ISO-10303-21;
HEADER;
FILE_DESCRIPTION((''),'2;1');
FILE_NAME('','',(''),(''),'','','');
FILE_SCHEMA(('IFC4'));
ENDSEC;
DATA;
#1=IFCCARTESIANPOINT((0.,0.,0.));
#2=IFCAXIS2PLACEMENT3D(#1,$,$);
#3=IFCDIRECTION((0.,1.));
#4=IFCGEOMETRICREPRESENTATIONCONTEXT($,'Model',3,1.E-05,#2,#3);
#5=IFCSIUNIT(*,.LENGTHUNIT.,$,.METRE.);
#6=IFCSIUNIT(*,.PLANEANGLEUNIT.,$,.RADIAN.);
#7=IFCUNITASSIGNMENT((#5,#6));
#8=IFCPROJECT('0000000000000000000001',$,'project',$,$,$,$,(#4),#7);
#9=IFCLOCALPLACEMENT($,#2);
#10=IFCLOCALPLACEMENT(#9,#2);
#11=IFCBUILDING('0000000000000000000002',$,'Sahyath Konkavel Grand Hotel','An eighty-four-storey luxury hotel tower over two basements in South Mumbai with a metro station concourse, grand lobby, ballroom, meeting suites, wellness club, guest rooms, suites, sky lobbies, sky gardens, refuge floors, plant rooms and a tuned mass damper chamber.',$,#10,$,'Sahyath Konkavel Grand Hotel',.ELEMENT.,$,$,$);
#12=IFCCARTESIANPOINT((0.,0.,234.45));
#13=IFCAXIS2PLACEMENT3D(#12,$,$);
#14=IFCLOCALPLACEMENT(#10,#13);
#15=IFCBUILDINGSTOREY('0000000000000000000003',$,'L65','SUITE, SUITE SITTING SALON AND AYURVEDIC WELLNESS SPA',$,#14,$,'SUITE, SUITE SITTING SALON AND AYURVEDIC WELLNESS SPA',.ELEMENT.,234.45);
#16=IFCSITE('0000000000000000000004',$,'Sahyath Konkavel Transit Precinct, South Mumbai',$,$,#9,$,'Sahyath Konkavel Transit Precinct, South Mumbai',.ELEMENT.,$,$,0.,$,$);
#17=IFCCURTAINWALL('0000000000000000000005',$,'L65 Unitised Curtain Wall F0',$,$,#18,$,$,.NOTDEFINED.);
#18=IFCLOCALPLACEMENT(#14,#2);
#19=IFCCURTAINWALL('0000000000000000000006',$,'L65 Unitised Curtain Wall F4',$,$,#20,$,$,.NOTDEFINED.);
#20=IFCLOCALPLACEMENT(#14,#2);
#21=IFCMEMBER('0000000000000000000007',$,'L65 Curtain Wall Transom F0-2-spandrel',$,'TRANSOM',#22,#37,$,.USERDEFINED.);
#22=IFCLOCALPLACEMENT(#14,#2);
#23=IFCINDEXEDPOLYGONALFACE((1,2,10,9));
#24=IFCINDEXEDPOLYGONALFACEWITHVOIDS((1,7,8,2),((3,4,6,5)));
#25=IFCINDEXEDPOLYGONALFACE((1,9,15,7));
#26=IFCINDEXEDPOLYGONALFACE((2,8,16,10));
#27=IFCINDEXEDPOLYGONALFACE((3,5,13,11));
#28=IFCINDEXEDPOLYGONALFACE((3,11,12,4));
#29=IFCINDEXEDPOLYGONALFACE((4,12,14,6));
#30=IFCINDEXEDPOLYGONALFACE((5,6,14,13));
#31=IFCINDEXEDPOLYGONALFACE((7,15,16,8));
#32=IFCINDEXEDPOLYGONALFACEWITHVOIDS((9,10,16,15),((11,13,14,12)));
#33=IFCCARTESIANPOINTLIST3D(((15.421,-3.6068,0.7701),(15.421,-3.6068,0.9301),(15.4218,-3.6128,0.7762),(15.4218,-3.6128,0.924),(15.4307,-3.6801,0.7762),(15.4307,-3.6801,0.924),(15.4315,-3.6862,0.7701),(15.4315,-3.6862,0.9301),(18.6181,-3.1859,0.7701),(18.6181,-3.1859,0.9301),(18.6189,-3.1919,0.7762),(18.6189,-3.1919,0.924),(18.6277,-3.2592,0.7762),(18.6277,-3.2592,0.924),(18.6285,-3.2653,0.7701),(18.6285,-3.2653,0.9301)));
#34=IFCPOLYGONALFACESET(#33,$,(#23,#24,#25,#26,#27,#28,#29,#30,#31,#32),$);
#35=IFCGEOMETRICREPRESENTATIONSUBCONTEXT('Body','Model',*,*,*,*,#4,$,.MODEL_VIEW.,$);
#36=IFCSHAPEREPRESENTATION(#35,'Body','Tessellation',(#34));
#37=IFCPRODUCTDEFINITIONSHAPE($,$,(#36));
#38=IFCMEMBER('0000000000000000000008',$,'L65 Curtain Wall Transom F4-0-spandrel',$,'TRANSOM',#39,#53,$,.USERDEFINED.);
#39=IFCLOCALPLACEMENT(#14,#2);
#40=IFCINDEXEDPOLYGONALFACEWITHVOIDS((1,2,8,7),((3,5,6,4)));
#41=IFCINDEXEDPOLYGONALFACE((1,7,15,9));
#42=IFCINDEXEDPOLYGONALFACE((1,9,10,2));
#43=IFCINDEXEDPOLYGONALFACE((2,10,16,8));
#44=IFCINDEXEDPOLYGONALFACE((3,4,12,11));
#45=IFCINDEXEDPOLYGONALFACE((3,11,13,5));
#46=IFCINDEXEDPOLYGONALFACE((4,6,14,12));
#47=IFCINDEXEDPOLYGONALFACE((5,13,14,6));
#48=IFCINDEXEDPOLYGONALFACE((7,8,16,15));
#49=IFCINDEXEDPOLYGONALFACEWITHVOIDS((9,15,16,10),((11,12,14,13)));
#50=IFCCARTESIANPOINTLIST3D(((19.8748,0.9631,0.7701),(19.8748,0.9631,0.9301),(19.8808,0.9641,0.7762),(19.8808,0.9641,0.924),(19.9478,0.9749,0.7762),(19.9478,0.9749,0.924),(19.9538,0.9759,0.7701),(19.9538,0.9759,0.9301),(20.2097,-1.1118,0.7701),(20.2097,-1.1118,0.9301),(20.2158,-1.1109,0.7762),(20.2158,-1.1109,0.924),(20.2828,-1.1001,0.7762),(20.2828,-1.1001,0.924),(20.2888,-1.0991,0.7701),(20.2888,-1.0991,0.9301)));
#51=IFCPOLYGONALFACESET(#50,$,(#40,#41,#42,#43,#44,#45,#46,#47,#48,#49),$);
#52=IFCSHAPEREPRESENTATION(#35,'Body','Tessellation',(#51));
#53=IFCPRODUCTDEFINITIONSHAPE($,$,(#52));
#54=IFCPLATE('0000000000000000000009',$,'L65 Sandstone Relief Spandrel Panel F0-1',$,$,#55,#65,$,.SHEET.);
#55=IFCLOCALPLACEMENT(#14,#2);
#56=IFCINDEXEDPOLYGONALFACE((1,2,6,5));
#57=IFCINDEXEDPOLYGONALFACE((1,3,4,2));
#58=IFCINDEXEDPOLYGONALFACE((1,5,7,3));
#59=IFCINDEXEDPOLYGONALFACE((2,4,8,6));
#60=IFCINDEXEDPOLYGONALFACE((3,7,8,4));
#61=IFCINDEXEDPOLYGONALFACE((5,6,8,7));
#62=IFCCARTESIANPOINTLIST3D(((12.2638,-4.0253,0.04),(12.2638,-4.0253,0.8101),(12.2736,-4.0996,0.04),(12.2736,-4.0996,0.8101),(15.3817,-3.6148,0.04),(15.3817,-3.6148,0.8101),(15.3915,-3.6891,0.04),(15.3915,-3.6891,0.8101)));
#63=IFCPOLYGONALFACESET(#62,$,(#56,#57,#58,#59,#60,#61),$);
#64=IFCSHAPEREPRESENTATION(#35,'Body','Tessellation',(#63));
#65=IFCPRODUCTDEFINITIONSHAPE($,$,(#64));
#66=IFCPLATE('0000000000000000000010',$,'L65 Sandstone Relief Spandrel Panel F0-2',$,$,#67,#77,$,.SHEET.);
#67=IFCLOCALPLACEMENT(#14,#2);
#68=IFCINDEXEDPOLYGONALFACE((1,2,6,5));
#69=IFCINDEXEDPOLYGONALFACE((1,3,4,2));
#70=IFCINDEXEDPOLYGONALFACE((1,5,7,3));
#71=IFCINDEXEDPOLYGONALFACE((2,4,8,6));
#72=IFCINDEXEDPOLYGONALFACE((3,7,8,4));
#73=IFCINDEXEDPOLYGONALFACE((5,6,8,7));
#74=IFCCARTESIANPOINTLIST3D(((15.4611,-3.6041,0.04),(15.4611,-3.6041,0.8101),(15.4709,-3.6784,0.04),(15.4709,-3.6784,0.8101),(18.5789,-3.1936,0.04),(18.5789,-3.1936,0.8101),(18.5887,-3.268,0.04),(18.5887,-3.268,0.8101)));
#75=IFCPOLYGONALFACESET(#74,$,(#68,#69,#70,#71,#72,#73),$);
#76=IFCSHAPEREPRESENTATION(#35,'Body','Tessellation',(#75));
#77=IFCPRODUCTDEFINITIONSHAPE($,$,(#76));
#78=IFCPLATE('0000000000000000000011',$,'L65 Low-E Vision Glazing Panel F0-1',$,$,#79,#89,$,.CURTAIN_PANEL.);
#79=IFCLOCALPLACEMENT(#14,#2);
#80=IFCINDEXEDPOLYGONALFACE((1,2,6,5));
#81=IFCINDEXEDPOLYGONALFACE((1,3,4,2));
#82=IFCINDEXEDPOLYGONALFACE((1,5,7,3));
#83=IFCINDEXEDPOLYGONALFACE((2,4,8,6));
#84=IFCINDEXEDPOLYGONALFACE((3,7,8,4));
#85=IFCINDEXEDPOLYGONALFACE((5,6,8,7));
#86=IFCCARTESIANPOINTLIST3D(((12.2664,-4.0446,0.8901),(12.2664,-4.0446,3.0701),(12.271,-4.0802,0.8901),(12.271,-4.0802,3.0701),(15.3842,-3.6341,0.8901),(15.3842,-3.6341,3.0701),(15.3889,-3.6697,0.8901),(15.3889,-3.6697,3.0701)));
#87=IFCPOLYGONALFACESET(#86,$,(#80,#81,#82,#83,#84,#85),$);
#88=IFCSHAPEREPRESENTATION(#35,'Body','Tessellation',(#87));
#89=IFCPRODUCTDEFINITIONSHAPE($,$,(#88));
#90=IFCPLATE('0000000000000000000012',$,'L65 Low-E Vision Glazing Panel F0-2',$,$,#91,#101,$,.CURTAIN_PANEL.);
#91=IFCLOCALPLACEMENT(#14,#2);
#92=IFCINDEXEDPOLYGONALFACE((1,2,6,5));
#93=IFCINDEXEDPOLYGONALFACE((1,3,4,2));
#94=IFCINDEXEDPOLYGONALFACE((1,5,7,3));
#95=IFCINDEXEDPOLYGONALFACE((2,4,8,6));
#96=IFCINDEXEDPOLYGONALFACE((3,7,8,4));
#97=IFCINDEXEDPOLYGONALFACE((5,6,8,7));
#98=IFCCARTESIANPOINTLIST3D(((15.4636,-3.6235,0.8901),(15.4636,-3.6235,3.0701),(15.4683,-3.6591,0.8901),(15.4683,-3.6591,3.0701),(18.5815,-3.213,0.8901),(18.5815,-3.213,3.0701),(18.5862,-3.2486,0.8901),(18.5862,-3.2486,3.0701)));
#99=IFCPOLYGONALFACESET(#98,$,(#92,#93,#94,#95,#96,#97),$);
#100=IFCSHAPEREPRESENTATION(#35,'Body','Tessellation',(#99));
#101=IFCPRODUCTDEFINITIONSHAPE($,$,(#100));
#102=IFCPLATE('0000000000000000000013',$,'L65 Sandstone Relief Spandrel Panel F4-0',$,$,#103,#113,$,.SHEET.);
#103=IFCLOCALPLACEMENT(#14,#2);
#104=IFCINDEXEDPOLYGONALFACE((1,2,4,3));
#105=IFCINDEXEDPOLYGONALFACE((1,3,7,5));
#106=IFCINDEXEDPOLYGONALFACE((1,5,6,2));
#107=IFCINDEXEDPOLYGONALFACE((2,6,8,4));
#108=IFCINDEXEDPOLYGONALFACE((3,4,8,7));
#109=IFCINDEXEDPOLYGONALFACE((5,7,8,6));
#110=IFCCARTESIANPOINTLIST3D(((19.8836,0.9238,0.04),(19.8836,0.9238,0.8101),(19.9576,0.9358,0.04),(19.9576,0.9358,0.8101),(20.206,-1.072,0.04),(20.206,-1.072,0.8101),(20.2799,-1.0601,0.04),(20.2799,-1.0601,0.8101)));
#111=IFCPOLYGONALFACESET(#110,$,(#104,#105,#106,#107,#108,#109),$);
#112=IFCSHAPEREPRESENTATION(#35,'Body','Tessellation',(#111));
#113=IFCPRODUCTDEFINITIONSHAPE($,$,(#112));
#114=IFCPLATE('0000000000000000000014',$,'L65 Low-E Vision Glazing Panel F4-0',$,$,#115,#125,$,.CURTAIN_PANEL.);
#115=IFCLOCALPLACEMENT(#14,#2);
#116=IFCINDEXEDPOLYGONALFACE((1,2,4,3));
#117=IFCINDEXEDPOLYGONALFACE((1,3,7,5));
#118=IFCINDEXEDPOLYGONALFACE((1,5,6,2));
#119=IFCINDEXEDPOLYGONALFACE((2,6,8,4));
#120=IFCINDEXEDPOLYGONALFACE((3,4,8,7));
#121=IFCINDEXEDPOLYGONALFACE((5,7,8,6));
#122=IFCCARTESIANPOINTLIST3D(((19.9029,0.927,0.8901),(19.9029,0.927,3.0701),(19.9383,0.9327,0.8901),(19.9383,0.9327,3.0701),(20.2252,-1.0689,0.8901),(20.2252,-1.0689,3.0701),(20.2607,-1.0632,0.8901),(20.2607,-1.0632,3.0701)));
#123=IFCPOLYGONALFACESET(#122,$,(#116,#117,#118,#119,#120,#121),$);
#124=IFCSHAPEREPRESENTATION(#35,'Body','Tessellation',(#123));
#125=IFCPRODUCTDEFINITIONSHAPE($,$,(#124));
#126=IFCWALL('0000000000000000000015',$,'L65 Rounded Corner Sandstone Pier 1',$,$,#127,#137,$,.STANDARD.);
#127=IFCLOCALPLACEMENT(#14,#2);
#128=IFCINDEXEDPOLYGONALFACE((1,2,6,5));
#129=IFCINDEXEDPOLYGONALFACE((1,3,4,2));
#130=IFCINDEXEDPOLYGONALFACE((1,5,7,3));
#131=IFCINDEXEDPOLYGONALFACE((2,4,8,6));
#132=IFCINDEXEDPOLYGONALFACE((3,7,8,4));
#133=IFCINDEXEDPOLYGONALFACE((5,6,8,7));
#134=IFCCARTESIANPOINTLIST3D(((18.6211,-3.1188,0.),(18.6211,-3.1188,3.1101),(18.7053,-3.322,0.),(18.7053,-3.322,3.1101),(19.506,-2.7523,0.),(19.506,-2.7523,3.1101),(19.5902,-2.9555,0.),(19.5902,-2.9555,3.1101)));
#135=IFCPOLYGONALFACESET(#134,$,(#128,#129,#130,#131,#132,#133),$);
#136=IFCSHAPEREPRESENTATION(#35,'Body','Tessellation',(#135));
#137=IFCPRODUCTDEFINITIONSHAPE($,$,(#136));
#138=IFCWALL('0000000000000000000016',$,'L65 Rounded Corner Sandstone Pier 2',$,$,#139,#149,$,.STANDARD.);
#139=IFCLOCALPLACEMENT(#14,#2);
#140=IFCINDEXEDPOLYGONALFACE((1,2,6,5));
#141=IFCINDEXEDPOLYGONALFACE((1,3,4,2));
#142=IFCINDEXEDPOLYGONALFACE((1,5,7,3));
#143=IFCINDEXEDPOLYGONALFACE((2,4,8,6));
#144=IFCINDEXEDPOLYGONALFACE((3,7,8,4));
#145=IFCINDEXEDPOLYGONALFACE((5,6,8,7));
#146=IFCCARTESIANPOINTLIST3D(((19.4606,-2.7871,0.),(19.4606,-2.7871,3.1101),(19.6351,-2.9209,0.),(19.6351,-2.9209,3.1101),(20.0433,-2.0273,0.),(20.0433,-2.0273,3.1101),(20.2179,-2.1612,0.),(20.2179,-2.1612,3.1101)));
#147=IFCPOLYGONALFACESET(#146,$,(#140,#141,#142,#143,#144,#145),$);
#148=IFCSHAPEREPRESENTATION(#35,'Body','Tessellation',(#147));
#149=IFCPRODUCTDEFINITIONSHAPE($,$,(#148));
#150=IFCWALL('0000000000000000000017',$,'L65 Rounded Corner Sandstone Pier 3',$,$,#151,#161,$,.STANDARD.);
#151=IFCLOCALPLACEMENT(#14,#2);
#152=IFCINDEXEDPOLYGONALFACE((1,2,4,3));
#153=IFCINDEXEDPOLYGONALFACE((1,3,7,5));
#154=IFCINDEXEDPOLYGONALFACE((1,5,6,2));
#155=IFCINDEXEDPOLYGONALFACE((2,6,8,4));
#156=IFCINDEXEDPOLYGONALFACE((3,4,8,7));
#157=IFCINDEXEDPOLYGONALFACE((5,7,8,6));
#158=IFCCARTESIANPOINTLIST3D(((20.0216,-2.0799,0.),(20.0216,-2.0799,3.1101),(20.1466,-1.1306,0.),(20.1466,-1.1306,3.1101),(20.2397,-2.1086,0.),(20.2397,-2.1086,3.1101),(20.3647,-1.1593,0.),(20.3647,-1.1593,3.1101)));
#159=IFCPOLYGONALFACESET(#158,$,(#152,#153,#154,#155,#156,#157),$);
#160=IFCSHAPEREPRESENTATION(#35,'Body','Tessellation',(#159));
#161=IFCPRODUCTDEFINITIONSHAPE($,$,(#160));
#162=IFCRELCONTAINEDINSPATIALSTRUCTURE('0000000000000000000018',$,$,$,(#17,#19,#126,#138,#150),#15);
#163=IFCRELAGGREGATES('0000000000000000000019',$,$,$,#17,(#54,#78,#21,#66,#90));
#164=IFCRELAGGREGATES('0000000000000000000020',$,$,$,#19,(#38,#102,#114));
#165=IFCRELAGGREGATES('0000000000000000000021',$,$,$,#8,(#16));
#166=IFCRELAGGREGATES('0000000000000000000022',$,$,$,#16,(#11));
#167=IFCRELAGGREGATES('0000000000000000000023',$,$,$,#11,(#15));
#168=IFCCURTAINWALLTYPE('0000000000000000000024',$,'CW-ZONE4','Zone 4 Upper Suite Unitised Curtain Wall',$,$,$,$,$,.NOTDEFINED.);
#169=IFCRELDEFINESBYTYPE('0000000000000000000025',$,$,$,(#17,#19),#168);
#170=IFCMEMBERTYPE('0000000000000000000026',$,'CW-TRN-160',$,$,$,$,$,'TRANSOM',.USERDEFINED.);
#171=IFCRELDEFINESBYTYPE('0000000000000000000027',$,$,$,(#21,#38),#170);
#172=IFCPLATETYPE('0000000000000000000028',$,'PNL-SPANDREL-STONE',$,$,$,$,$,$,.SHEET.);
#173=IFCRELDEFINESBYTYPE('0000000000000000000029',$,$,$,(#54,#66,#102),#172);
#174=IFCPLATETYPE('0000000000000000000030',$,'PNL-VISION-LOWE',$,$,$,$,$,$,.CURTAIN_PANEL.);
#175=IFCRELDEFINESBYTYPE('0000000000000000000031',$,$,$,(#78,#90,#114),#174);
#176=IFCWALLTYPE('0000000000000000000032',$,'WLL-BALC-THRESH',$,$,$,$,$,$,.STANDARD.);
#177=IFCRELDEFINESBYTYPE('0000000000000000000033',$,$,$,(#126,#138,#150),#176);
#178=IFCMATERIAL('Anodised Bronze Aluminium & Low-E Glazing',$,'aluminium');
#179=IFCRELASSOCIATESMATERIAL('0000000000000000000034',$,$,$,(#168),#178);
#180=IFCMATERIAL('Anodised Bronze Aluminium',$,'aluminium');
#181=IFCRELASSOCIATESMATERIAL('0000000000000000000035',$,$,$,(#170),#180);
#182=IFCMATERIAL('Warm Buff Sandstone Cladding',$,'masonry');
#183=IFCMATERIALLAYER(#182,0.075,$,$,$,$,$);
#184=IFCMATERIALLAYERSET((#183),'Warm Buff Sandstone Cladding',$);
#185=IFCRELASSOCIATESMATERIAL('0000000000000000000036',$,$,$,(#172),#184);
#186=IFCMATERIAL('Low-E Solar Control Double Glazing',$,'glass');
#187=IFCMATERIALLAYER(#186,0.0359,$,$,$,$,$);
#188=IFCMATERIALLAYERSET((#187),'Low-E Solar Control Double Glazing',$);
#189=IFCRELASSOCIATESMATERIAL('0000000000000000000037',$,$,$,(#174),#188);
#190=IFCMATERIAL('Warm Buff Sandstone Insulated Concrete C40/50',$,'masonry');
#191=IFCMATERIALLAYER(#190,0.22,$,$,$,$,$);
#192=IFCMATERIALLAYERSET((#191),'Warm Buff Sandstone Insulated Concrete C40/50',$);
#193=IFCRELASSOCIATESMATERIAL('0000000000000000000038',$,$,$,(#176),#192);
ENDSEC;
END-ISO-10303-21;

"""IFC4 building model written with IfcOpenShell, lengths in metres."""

from ifc_helpers import new_model, si_unit, direction, frame, frame_2d, origin, origin_2d, place, context, subcontext, project, spatial, rectangle, hollow_rectangle, extrude, source, transform, mapped, material, layer, layer_set, material_profile, profile_set, type_object, element, aggregate, save


model = new_model("IFC4")

# Units and contexts
model_context = context("Model", 3, precision=1e-05, world=origin(), true_north=direction((0.0, 1.0)))
body_context = subcontext(model_context, "Body", "Model", "MODEL_VIEW")
ifc_project = project(units=[si_unit("LENGTHUNIT", "METRE"), si_unit("PLANEANGLEUNIT", "RADIAN")], contexts=[model_context])

# Site, building, storey
site_placement = place(None, origin())
site = spatial("IfcSite", under=ifc_project, at=site_placement, Name="Sahyath Konkavel Transit Precinct, South Mumbai", LongName="Sahyath Konkavel Transit Precinct, South Mumbai", CompositionType="ELEMENT", RefElevation=0.0)
building_placement = place(site_placement, origin())
building = spatial("IfcBuilding", under=site, at=building_placement, Name="Sahyath Konkavel Grand Hotel", Description="An eighty-four-storey luxury hotel tower over two basements in South Mumbai with a metro station concourse, grand lobby, ballroom, meeting suites, wellness club, guest rooms, suites, sky lobbies, sky gardens, refuge floors, plant rooms and a tuned mass damper chamber.", LongName="Sahyath Konkavel Grand Hotel", CompositionType="ELEMENT")
storey_placement = place(building_placement, frame((0.0, 0.0, 234.45)))
storey = spatial("IfcBuildingStorey", under=building, at=storey_placement, Name="L65", Description="SUITE, SUITE SITTING SALON AND AYURVEDIC WELLNESS SPA", LongName="SUITE, SUITE SITTING SALON AND AYURVEDIC WELLNESS SPA", CompositionType="ELEMENT", Elevation=234.45)

# Curtain wall
ifc_material_1 = material(Name="Anodised Bronze Aluminium & Low-E Glazing", Category="aluminium")
curtain_wall_type = type_object("IfcCurtainWallType", Name="CW-ZONE4", Description="Zone 4 Upper Suite Unitised Curtain Wall", PredefinedType="NOTDEFINED", material=ifc_material_1)
curtain_wall_1_placement = place(storey_placement, origin())
curtain_wall_1 = element("IfcCurtainWall", 1, at=curtain_wall_1_placement, inside=storey, type_object=curtain_wall_type, Name="L65 Unitised Curtain Wall F0", PredefinedType="NOTDEFINED")
ifc_material_2 = material(Name="Anodised Bronze Aluminium", Category="aluminium")

# Curtain wall
curtain_wall_2_placement = place(storey_placement, origin())
curtain_wall_2 = element("IfcCurtainWall", 2, at=curtain_wall_2_placement, inside=storey, type_object=curtain_wall_type, Name="L65 Unitised Curtain Wall F4", PredefinedType="NOTDEFINED")

# Members
ifc_material_profile_1 = material_profile(ifc_material_2, hollow_rectangle(XDim=0.0801, YDim=0.1599, WallThickness=0.0061, at=origin_2d()), Name="RHS 160x80x6")
ifc_profile_set_1 = profile_set([ifc_material_profile_1], Name="Anodised Bronze Aluminium")
member_type_1 = type_object("IfcMemberType", Name="CW-TRN-160", ElementType="TRANSOM", PredefinedType="USERDEFINED", material=ifc_profile_set_1)
shared_shape_1 = source(origin(), body_context, "Body", "SweptSolid", [
    extrude(hollow_rectangle(XDim=0.0801, YDim=0.1599, WallThickness=0.0061, at=origin_2d()), origin(), (0.0, 0.0, 1.0), 3.2246),
])
member_1_placement = place(storey_placement, frame((15.4263, -3.6465, 0.8501), z_axis=(0.991445, 0.130527, 0.0), x_axis=(-0.130527, 0.991445, 0.0)))
member_1 = element("IfcMember", 3, at=member_1_placement, type_object=member_type_1, Name="L65 Curtain Wall Transom F0-2-spandrel", ObjectType="TRANSOM", PredefinedType="USERDEFINED", context=body_context, shape_type="MappedRepresentation", body=[
    mapped(shared_shape_1, transform((0.0, 0.0, 0.0), scale=1.0)),
])
shared_shape_2 = source(origin(), body_context, "Body", "SweptSolid", [
    extrude(hollow_rectangle(XDim=0.0801, YDim=0.1599, WallThickness=0.0061, at=origin_2d()), origin(), (0.0, 0.0, 1.0), 2.1018),
])
member_2_placement = place(storey_placement, frame((20.2493, -1.1055, 0.8501), z_axis=(-0.159368, 0.987219, 0.0), x_axis=(-0.987219, -0.159368, 0.0)))
member_2 = element("IfcMember", 4, at=member_2_placement, type_object=member_type_1, Name="L65 Curtain Wall Transom F4-0-spandrel", ObjectType="TRANSOM", PredefinedType="USERDEFINED", context=body_context, shape_type="MappedRepresentation", body=[
    mapped(shared_shape_2, transform((0.0, 0.0, 0.0), scale=1.0)),
])

# Plates
ifc_material_3 = material(Name="Warm Buff Sandstone Cladding", Category="masonry")
ifc_layer_1 = layer(ifc_material_3, 0.075)
ifc_layer_set_1 = layer_set([ifc_layer_1], Name="Warm Buff Sandstone Cladding")
plate_type_1 = type_object("IfcPlateType", Name="PNL-SPANDREL-STONE", PredefinedType="SHEET", material=ifc_layer_set_1)
shared_shape_3 = source(origin(), body_context, "Body", "SweptSolid", [
    extrude(rectangle(XDim=3.1448, YDim=0.075, at=origin_2d()), origin(), (0.0, 0.0, 1.0), 0.77),
])
plate_1_placement = place(storey_placement, frame((13.8276, -3.8572, 0.04), z_axis=(0.0, 0.0, 1.0), x_axis=(0.991445, 0.130526, 0.0)))
plate_1 = element("IfcPlate", 5, at=plate_1_placement, type_object=plate_type_1, Name="L65 Sandstone Relief Spandrel Panel F0-1", PredefinedType="SHEET", context=body_context, shape_type="MappedRepresentation", body=[
    mapped(shared_shape_3, transform((0.0, 0.0, 0.0), scale=1.0)),
])
plate_2_placement = place(storey_placement, frame((17.0249, -3.436, 0.04), z_axis=(0.0, 0.0, 1.0), x_axis=(0.991445, 0.130526, 0.0)))
plate_2 = element("IfcPlate", 6, at=plate_2_placement, type_object=plate_type_1, Name="L65 Sandstone Relief Spandrel Panel F0-2", PredefinedType="SHEET", context=body_context, shape_type="MappedRepresentation", body=[
    mapped(shared_shape_3, transform((0.0, 0.0, 0.0), scale=1.0)),
])
ifc_material_4 = material(Name="Low-E Solar Control Double Glazing", Category="glass")
ifc_layer_2 = layer(ifc_material_4, 0.0359)
ifc_layer_set_2 = layer_set([ifc_layer_2], Name="Low-E Solar Control Double Glazing")
plate_type_2 = type_object("IfcPlateType", Name="PNL-VISION-LOWE", PredefinedType="CURTAIN_PANEL", material=ifc_layer_set_2)
shared_shape_4 = source(origin(), body_context, "Body", "SweptSolid", [
    extrude(rectangle(XDim=3.1448, YDim=0.0359, at=origin_2d()), origin(), (0.0, 0.0, 1.0), 2.1799),
])
plate_3_placement = place(storey_placement, frame((13.8276, -3.8572, 0.8901), z_axis=(0.0, 0.0, 1.0), x_axis=(0.991445, 0.130526, 0.0)))
plate_3 = element("IfcPlate", 7, at=plate_3_placement, type_object=plate_type_2, Name="L65 Low-E Vision Glazing Panel F0-1", PredefinedType="CURTAIN_PANEL", context=body_context, shape_type="MappedRepresentation", body=[
    mapped(shared_shape_4, transform((0.0, 0.0, 0.0), scale=1.0)),
])
plate_4_placement = place(storey_placement, frame((17.0249, -3.436, 0.8901), z_axis=(0.0, 0.0, 1.0), x_axis=(0.991445, 0.130526, 0.0)))
plate_4 = element("IfcPlate", 8, at=plate_4_placement, type_object=plate_type_2, Name="L65 Low-E Vision Glazing Panel F0-2", PredefinedType="CURTAIN_PANEL", context=body_context, shape_type="MappedRepresentation", body=[
    mapped(shared_shape_4, transform((0.0, 0.0, 0.0), scale=1.0)),
])
aggregate(curtain_wall_1, [plate_1, plate_3, member_1, plate_2, plate_4])
shared_shape_5 = source(origin(), body_context, "Body", "SweptSolid", [
    extrude(rectangle(XDim=2.0217, YDim=0.075, at=origin_2d()), origin(), (0.0, 0.0, 1.0), 0.77),
])
plate_5_placement = place(storey_placement, frame((20.0818, -0.0681, 0.04), z_axis=(0.0, 0.0, 1.0), x_axis=(-0.159433, 0.987209, 0.0)))
plate_5 = element("IfcPlate", 9, at=plate_5_placement, type_object=plate_type_1, Name="L65 Sandstone Relief Spandrel Panel F4-0", PredefinedType="SHEET", context=body_context, shape_type="MappedRepresentation", body=[
    mapped(shared_shape_5, transform((0.0, 0.0, 0.0), scale=1.0)),
])
shared_shape_6 = source(origin(), body_context, "Body", "SweptSolid", [
    extrude(rectangle(XDim=2.0217, YDim=0.0359, at=origin_2d()), origin(), (0.0, 0.0, 1.0), 2.1799),
])
plate_6_placement = place(storey_placement, frame((20.0818, -0.0681, 0.8901), z_axis=(0.0, 0.0, 1.0), x_axis=(-0.159433, 0.987209, 0.0)))
plate_6 = element("IfcPlate", 10, at=plate_6_placement, type_object=plate_type_2, Name="L65 Low-E Vision Glazing Panel F4-0", PredefinedType="CURTAIN_PANEL", context=body_context, shape_type="MappedRepresentation", body=[
    mapped(shared_shape_6, transform((0.0, 0.0, 0.0), scale=1.0)),
])
aggregate(curtain_wall_2, [member_2, plate_5, plate_6])

# Walls
ifc_material_5 = material(Name="Warm Buff Sandstone Insulated Concrete C40/50", Category="masonry")
ifc_layer_3 = layer(ifc_material_5, 0.22)
ifc_layer_set_3 = layer_set([ifc_layer_3], Name="Warm Buff Sandstone Insulated Concrete C40/50")
wall_type_1 = type_object("IfcWallType", Name="WLL-BALC-THRESH", PredefinedType="STANDARD", material=ifc_layer_set_3)
wall_1_placement = place(storey_placement, frame((18.6631, -3.2205, 0.0), z_axis=(0.0, 0.0, 1.0), x_axis=(0.923889, 0.38266, 0.0)))
element("IfcWall", 11, at=wall_1_placement, inside=storey, type_object=wall_type_1, Name="L65 Rounded Corner Sandstone Pier 1", PredefinedType="STANDARD", context=body_context, shape_type="SweptSolid", body=[
    extrude(rectangle(XDim=0.9578, YDim=0.22, at=frame_2d((0.479, 0.0))), origin(), (0.0, 0.0, 1.0), 3.1101),
])
for number, where, z_axis, x_axis, name in (
    (12, (19.5479, -2.854, 0.0), (0.0, 0.0, 1.0), (0.608614, 0.793467, 0.0), "L65 Rounded Corner Sandstone Pier 2"),
    (13, (20.1306, -2.0942, 0.0), (0.0, 0.0, 1.0), (0.13056, 0.99144, 0.0), "L65 Rounded Corner Sandstone Pier 3"),
):
    element("IfcWall", number, at=place(storey_placement, frame(where, z_axis=z_axis, x_axis=x_axis)), inside=storey, type_object=wall_type_1, Name=name, PredefinedType="STANDARD", context=body_context, shape_type="SweptSolid", body=[
        extrude(rectangle(XDim=0.9575, YDim=0.22, at=frame_2d((0.4788, 0.0))), origin(), (0.0, 0.0, 1.0), 3.1101),
    ])

save(model, "model.ifc")
